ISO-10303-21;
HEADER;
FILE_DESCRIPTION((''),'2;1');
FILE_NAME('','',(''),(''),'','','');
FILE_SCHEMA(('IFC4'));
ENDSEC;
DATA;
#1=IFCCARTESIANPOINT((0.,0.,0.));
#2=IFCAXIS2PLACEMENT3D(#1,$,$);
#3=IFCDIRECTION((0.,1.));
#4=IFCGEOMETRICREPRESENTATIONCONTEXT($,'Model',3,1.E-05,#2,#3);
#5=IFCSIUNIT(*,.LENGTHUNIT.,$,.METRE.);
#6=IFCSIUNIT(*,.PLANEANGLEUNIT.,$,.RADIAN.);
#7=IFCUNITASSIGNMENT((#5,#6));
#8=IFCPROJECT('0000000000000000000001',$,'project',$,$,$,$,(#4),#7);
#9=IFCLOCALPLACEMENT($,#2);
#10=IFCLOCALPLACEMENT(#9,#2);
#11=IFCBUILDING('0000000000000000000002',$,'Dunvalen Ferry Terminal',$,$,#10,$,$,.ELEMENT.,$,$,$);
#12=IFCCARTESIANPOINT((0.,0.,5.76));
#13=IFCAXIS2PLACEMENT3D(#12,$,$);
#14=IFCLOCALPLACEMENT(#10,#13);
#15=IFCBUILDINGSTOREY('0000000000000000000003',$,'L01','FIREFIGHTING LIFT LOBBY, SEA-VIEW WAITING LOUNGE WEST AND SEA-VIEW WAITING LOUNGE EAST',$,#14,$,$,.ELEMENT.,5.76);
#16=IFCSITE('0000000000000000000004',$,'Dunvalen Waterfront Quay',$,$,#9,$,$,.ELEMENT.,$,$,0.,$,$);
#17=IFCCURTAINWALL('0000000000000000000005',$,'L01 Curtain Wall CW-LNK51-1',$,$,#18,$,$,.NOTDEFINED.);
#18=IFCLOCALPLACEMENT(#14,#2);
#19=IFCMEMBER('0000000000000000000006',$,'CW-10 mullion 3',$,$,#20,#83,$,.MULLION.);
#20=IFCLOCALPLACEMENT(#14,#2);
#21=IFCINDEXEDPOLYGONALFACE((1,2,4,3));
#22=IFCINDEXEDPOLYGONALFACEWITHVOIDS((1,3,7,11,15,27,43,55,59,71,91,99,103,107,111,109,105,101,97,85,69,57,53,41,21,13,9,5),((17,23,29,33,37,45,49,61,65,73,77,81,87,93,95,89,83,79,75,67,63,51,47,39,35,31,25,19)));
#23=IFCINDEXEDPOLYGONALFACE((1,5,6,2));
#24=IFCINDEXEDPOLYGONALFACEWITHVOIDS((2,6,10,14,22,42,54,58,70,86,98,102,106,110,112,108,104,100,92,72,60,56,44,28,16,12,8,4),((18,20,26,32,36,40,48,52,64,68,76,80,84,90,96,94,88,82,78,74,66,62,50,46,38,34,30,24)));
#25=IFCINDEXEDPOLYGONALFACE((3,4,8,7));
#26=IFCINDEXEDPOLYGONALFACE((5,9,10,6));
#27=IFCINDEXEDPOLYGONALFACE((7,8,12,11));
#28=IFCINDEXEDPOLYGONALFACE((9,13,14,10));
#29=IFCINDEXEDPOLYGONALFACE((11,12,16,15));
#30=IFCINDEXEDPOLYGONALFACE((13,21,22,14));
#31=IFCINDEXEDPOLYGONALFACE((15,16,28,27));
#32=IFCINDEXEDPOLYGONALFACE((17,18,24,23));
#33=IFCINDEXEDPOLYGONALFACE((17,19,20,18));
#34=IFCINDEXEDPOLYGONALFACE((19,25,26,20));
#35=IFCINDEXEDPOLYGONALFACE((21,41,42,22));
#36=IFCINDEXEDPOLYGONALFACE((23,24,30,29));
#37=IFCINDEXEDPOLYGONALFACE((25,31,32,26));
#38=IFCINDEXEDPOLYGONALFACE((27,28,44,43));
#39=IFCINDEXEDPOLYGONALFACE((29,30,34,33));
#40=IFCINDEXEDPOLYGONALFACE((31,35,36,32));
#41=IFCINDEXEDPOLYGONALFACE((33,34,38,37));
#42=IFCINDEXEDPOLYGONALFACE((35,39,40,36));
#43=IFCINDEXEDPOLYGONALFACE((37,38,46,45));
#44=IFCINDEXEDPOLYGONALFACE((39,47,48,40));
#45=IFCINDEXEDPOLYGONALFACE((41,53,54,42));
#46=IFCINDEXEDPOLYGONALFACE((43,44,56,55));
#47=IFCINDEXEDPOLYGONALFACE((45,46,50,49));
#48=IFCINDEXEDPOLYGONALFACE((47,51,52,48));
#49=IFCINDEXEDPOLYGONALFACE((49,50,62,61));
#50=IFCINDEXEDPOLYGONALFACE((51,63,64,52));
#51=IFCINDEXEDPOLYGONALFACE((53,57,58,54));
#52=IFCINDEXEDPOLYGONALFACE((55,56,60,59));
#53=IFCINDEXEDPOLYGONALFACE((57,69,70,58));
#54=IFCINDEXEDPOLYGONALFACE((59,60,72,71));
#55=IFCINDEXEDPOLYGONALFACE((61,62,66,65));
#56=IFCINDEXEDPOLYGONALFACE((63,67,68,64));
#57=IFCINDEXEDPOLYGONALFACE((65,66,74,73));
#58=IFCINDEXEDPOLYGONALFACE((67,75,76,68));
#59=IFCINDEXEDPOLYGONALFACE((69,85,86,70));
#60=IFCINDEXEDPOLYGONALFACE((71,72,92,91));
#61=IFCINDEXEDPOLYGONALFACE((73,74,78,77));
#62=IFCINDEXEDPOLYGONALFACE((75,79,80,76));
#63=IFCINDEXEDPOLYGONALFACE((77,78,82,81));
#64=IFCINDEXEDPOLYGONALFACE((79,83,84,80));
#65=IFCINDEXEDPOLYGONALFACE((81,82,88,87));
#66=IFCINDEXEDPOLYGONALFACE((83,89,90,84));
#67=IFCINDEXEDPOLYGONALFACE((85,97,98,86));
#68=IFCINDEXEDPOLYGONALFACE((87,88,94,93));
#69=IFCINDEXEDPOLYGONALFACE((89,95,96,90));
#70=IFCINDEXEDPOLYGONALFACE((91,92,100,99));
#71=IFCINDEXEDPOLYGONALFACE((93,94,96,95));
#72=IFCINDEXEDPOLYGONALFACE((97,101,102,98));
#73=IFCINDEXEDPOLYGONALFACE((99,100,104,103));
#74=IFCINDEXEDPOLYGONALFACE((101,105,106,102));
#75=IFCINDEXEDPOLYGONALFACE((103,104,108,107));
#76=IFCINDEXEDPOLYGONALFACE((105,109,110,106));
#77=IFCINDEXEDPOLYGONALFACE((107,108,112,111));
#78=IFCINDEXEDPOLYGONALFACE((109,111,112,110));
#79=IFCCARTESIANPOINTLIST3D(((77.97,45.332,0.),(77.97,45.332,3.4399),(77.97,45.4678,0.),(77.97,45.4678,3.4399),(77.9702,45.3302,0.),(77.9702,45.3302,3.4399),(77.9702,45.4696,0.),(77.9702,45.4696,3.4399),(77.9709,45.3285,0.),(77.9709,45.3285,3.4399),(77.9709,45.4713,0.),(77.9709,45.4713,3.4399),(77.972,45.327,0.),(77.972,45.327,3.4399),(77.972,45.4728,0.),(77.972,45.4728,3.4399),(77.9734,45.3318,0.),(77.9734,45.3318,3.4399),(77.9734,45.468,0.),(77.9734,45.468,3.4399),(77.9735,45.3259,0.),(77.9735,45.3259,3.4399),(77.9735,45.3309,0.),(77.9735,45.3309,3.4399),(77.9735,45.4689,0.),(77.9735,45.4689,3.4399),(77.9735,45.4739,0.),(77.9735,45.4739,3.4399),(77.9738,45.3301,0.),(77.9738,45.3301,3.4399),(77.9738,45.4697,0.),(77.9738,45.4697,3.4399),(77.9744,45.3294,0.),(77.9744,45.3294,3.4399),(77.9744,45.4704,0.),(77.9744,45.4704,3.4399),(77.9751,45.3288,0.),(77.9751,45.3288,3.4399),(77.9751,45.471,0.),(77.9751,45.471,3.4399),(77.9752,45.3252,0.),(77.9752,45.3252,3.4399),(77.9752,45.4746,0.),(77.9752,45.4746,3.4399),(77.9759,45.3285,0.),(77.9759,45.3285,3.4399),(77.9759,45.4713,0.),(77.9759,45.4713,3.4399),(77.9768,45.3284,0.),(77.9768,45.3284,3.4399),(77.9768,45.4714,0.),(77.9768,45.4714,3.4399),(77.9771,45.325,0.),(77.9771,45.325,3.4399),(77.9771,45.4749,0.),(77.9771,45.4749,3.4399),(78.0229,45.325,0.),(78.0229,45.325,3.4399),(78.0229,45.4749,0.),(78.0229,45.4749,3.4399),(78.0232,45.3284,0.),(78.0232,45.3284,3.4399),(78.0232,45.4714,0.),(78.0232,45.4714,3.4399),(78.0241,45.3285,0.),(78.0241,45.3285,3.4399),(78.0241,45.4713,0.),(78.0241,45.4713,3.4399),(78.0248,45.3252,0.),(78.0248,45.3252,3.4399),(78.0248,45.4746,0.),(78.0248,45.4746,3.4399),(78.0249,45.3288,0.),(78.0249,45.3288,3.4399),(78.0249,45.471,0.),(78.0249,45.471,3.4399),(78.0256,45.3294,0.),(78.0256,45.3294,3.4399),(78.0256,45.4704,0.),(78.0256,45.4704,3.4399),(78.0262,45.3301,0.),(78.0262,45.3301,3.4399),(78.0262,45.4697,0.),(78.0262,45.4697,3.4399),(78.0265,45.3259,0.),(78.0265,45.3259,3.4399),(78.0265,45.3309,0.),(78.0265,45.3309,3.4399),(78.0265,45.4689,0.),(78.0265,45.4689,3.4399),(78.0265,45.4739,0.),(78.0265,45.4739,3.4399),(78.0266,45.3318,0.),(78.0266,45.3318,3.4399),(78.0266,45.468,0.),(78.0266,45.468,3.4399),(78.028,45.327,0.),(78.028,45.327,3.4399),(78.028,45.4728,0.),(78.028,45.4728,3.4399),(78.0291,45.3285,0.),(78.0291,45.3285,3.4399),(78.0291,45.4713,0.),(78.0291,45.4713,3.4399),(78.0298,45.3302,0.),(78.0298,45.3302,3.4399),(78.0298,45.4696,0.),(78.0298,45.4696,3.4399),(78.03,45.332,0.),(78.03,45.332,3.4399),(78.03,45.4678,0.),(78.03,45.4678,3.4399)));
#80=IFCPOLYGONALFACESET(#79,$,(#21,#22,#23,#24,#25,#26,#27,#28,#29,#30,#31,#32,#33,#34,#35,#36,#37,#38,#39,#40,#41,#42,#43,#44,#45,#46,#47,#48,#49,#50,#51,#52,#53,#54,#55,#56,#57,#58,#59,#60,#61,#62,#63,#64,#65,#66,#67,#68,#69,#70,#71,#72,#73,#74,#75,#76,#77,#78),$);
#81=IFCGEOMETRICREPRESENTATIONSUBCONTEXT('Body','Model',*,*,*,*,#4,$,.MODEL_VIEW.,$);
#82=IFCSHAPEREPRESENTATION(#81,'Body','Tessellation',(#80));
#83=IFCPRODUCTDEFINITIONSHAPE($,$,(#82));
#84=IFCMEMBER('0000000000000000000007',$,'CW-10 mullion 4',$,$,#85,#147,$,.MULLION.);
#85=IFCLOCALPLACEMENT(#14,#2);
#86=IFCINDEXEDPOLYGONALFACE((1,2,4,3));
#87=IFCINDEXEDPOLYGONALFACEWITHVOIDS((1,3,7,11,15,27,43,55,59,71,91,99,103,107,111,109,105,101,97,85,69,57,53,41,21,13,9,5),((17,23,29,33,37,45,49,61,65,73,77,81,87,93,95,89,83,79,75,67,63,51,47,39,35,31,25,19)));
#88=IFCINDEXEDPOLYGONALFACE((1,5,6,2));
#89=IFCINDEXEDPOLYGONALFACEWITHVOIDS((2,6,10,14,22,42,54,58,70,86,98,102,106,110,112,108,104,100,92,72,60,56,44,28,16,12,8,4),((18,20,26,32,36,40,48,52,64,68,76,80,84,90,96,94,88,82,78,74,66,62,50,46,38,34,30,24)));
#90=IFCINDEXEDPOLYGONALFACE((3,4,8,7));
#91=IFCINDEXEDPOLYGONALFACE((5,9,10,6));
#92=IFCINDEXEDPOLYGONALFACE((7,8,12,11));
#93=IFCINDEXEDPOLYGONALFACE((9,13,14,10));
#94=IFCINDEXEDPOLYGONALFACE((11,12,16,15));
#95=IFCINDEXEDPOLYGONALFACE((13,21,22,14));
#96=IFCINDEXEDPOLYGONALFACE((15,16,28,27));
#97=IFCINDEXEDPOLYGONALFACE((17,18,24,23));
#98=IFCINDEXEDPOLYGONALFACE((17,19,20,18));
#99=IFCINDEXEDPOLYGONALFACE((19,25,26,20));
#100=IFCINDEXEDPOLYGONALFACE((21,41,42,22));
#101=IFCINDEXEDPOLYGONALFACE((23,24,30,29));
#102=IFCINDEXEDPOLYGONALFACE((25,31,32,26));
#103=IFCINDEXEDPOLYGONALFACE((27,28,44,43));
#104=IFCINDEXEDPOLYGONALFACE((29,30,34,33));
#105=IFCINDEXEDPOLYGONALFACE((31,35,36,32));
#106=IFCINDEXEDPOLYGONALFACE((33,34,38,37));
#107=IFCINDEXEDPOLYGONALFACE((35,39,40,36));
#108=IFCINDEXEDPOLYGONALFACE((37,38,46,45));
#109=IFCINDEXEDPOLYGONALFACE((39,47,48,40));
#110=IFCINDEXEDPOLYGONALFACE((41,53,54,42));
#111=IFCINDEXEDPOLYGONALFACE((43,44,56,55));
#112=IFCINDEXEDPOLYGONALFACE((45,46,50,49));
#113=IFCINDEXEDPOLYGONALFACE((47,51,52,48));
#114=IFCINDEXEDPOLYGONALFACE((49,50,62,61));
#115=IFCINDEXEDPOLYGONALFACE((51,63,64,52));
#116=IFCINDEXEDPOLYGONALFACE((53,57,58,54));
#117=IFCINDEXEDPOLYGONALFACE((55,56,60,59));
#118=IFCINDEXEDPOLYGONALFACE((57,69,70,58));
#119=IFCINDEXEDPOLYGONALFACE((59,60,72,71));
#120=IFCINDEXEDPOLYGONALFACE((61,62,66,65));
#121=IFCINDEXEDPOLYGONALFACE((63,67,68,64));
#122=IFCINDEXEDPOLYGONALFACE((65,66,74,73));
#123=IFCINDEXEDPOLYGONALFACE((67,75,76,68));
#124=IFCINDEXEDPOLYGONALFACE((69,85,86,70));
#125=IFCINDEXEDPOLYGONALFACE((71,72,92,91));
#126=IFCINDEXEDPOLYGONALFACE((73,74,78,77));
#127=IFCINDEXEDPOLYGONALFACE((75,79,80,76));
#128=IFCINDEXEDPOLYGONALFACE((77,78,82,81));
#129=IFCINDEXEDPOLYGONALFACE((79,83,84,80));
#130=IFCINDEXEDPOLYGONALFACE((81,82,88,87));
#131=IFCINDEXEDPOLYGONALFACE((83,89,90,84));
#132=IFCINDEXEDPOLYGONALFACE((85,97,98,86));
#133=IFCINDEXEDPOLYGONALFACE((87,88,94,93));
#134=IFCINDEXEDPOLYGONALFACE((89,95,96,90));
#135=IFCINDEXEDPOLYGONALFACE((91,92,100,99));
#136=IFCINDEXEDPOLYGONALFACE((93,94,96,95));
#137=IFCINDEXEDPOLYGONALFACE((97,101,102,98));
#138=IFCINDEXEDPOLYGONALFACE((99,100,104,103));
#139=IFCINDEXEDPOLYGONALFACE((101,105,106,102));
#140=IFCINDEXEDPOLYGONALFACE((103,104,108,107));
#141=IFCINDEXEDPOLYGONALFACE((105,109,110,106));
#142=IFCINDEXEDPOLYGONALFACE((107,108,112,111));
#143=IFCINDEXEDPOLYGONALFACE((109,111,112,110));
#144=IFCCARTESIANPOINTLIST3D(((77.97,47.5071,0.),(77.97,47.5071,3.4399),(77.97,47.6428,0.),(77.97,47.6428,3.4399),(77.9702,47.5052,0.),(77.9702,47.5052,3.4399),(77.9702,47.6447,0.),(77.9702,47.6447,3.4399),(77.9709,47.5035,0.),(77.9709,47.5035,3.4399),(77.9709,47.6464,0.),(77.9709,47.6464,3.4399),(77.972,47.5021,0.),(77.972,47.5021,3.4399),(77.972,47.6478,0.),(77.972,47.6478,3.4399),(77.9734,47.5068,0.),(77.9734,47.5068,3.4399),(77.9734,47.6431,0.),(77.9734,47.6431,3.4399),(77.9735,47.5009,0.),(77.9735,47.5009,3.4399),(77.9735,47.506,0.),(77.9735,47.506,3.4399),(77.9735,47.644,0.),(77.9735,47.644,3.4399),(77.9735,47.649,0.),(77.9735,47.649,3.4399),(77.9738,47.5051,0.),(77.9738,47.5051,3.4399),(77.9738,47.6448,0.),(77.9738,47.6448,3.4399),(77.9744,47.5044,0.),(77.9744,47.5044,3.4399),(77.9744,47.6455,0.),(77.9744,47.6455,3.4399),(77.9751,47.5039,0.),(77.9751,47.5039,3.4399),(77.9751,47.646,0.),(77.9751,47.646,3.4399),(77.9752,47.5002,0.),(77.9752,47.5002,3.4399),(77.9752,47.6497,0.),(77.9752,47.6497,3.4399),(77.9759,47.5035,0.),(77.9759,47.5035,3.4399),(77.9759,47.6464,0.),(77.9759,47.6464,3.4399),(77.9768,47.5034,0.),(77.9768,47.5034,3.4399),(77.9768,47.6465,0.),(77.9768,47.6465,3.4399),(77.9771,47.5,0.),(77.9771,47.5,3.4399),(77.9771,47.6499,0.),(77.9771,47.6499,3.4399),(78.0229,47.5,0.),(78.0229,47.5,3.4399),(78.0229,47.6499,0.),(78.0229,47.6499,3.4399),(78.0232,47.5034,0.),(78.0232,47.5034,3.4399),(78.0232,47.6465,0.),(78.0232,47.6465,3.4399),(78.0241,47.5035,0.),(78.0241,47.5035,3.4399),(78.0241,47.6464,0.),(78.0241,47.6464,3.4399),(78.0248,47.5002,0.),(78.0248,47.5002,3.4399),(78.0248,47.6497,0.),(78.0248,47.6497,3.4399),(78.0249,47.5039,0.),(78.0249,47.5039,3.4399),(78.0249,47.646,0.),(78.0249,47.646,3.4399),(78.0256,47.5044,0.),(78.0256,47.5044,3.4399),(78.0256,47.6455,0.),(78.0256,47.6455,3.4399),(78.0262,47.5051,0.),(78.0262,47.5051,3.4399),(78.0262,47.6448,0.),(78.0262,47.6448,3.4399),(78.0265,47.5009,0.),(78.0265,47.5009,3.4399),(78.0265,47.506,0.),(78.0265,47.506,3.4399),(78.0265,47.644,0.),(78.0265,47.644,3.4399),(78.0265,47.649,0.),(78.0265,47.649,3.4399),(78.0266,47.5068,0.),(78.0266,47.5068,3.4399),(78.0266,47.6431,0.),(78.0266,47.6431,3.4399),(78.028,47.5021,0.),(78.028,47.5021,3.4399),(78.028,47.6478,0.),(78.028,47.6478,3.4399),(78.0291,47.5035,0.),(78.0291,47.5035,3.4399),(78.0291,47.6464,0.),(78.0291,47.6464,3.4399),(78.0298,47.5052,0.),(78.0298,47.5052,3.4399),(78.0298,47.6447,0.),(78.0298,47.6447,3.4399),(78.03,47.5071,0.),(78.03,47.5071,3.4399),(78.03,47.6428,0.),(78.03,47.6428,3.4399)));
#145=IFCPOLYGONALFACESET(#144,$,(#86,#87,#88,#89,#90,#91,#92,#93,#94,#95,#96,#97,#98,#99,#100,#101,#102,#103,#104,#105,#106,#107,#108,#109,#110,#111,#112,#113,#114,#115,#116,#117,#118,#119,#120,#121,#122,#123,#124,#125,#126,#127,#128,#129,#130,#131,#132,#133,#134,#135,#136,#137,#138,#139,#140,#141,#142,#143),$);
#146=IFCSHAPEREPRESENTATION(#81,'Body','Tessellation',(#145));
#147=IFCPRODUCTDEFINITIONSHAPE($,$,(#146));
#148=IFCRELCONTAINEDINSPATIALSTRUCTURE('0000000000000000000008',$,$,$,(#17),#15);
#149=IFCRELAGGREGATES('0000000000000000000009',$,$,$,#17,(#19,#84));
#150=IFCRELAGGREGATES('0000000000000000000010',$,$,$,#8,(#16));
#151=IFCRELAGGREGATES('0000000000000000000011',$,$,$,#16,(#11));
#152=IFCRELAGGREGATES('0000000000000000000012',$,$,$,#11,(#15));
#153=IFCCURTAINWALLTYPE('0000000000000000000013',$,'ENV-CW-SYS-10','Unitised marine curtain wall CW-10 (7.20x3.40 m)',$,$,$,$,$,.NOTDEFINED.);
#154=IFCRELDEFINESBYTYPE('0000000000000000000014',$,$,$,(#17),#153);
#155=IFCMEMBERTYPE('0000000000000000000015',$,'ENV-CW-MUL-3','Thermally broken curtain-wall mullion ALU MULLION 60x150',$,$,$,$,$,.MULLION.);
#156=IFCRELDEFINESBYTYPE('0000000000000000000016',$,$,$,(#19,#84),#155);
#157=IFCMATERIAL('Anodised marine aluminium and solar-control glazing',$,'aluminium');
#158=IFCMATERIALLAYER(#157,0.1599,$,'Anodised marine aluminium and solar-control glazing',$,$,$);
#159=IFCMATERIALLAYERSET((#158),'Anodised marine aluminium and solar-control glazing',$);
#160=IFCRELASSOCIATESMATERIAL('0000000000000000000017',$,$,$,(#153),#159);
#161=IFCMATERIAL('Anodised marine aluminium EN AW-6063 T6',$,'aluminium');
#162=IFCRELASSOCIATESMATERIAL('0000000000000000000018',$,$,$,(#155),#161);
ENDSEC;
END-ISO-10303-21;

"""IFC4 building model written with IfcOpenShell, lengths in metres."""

from ifc_helpers import new_model, si_unit, direction, frame, origin, origin_2d, place, context, subcontext, project, spatial, hollow_rectangle, extrude, material, layer, layer_set, material_profile, profile_set, type_object, element, aggregate, save


model = new_model("IFC4")

# Units and contexts
model_context = context("Model", 3, precision=1e-05, world=origin(), true_north=direction((0.0, 1.0)))
body_context = subcontext(model_context, "Body", "Model", "MODEL_VIEW")
ifc_project = project(units=[si_unit("LENGTHUNIT", "METRE"), si_unit("PLANEANGLEUNIT", "RADIAN")], contexts=[model_context])

# Site, building, storey
site_placement = place(None, origin())
site = spatial("IfcSite", under=ifc_project, at=site_placement, Name="Dunvalen Waterfront Quay", CompositionType="ELEMENT", RefElevation=0.0)
building_placement = place(site_placement, origin())
building = spatial("IfcBuilding", under=site, at=building_placement, Name="Dunvalen Ferry Terminal", CompositionType="ELEMENT")
storey_placement = place(building_placement, frame((0.0, 0.0, 5.76)))
storey = spatial("IfcBuildingStorey", under=building, at=storey_placement, Name="L01", Description="FIREFIGHTING LIFT LOBBY, SEA-VIEW WAITING LOUNGE WEST AND SEA-VIEW WAITING LOUNGE EAST", CompositionType="ELEMENT", Elevation=5.76)

# Curtain wall, members
ifc_material_1 = material(Name="Anodised marine aluminium and solar-control glazing", Category="aluminium")
ifc_layer_1 = layer(ifc_material_1, 0.1599, Name="Anodised marine aluminium and solar-control glazing")
ifc_layer_set_1 = layer_set([ifc_layer_1], Name="Anodised marine aluminium and solar-control glazing")
curtain_wall_type_1 = type_object("IfcCurtainWallType", Name="ENV-CW-SYS-10", Description="Unitised marine curtain wall CW-10 (7.20x3.40 m)", PredefinedType="NOTDEFINED", material=ifc_layer_set_1)
curtain_wall_1_placement = place(storey_placement, origin())
curtain_wall_1 = element("IfcCurtainWall", 1, at=curtain_wall_1_placement, inside=storey, type_object=curtain_wall_type_1, Name="L01 Curtain Wall CW-LNK51-1", PredefinedType="NOTDEFINED")
ifc_material_2 = material(Name="Anodised marine aluminium EN AW-6063 T6", Category="aluminium")
ifc_material_profile_1 = material_profile(ifc_material_2, hollow_rectangle(XDim=0.0601, YDim=0.1499, WallThickness=0.0034, InnerFilletRadius=0.0034, OuterFilletRadius=0.0071, at=origin_2d()), Name="Anodised marine aluminium EN AW-6063 T6")
ifc_profile_set_1 = profile_set([ifc_material_profile_1], Name="Anodised marine aluminium EN AW-6063 T6")
member_type_1 = type_object("IfcMemberType", Name="ENV-CW-MUL-3", Description="Thermally broken curtain-wall mullion ALU MULLION 60x150", PredefinedType="MULLION", material=ifc_profile_set_1)
member_1_placement = place(storey_placement, frame((78.0, 45.3999, 0.0), z_axis=(0.0, 0.0, 1.0), x_axis=(-1.0, 0.0, 0.0)))
member_1 = element("IfcMember", 2, at=member_1_placement, type_object=member_type_1, Name="CW-10 mullion 3", PredefinedType="MULLION", context=body_context, shape_type="SweptSolid", body=[
    extrude(hollow_rectangle(XDim=0.0601, YDim=0.1499, WallThickness=0.0034, InnerFilletRadius=0.0034, OuterFilletRadius=0.0071, at=origin_2d()), origin(), (0.0, 0.0, 1.0), 3.4399),
])
member_2_placement = place(storey_placement, frame((78.0, 47.575, 0.0), z_axis=(0.0, 0.0, 1.0), x_axis=(-1.0, 0.0, 0.0)))
member_2 = element("IfcMember", 3, at=member_2_placement, type_object=member_type_1, Name="CW-10 mullion 4", PredefinedType="MULLION", context=body_context, shape_type="SweptSolid", body=[
    extrude(hollow_rectangle(XDim=0.0601, YDim=0.1499, WallThickness=0.0034, InnerFilletRadius=0.0034, OuterFilletRadius=0.0071, at=origin_2d()), origin(), (0.0, 0.0, 1.0), 3.4399),
])

aggregate(curtain_wall_1, [member_1, member_2])

save(model, "model.ifc")
